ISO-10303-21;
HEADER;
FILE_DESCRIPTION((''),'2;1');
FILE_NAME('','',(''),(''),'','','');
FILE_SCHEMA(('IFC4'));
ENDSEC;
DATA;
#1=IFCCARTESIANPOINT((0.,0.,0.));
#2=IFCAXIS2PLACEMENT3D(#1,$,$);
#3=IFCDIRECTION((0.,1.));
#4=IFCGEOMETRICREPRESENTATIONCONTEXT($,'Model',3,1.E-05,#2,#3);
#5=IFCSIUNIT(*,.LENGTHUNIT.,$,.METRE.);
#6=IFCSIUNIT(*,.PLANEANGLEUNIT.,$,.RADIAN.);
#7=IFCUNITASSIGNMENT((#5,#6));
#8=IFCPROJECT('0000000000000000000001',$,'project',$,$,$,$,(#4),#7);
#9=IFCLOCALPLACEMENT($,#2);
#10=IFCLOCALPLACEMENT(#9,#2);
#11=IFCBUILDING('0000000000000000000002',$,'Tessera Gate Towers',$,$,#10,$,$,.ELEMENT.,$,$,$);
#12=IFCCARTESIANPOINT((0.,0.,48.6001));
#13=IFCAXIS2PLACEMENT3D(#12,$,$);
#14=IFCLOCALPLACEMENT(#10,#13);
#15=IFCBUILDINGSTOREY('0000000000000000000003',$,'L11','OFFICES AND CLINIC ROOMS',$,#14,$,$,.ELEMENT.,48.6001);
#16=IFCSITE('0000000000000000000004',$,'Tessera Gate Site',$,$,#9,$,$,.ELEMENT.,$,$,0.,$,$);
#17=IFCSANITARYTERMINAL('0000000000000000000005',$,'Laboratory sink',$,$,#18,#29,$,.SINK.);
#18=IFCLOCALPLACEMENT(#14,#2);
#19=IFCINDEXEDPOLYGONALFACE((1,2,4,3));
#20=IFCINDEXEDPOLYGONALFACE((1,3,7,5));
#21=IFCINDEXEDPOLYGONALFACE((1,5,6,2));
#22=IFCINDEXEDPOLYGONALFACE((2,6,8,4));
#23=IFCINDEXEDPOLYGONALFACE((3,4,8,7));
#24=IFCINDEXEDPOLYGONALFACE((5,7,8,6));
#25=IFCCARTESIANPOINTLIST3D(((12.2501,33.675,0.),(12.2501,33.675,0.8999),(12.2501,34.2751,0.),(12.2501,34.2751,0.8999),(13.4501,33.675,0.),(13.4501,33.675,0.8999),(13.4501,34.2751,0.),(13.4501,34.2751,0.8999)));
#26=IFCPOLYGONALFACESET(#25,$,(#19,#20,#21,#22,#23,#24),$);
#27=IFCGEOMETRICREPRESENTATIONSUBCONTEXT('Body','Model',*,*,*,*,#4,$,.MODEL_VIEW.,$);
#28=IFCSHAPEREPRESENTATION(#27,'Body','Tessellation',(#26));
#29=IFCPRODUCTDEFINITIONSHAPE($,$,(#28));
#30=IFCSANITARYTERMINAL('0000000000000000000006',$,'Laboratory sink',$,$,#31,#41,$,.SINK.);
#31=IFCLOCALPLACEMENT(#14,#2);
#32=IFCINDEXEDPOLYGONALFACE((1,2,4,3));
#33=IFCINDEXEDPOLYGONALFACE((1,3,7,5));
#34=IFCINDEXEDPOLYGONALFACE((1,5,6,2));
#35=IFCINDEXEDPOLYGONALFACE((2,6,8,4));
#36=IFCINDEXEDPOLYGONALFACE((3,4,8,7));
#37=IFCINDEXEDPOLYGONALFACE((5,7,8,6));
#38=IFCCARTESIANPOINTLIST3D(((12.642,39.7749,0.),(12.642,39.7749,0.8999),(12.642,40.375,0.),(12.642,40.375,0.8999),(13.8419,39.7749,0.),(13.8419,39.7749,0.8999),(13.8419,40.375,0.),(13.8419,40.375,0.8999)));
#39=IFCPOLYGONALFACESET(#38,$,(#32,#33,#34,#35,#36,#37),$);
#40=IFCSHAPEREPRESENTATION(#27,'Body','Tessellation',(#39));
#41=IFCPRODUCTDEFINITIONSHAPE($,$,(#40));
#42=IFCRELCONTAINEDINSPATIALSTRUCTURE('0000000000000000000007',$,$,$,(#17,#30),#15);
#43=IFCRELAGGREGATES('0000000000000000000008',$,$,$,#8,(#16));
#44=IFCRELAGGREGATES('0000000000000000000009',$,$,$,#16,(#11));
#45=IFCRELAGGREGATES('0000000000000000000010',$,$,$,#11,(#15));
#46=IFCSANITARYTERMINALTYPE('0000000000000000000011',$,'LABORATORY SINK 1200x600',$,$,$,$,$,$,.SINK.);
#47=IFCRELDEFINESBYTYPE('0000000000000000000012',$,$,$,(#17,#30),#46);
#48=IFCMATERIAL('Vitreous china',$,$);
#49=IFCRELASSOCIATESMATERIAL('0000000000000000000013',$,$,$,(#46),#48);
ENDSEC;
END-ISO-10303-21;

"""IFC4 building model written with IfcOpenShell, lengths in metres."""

from ifc_helpers import new_model, si_unit, direction, frame, origin, origin_2d, place, context, subcontext, project, spatial, rectangle, extrude, material, type_object, element, save


model = new_model("IFC4")

# Units and contexts
model_context = context("Model", 3, precision=1e-05, world=origin(), true_north=direction((0.0, 1.0)))
body_context = subcontext(model_context, "Body", "Model", "MODEL_VIEW")
ifc_project = project(units=[si_unit("LENGTHUNIT", "METRE"), si_unit("PLANEANGLEUNIT", "RADIAN")], contexts=[model_context])

# Site, building, storey
site_placement = place(None, origin())
site = spatial("IfcSite", under=ifc_project, at=site_placement, Name="Tessera Gate Site", CompositionType="ELEMENT", RefElevation=0.0)
building_placement = place(site_placement, origin())
building = spatial("IfcBuilding", under=site, at=building_placement, Name="Tessera Gate Towers", CompositionType="ELEMENT")
storey_placement = place(building_placement, frame((0.0, 0.0, 48.6001)))
storey = spatial("IfcBuildingStorey", under=building, at=storey_placement, Name="L11", Description="OFFICES AND CLINIC ROOMS", CompositionType="ELEMENT", Elevation=48.6001)

# Sanitary terminals
ifc_material_1 = material(Name="Vitreous china")
sanitary_terminal_type = type_object("IfcSanitaryTerminalType", Name="LABORATORY SINK 1200x600", PredefinedType="SINK", material=ifc_material_1)
for number, where, z_axis, x_axis, name in (
    (1, (12.8501, 33.9751, 0.0), (0.0, 0.0, 1.0), (1.0, 0.0, 0.0), "Laboratory sink"),
    (2, (13.2419, 40.075, 0.0), (0.0, 0.0, 1.0), (1.0, 0.0, 0.0), "Laboratory sink"),
):
    element("IfcSanitaryTerminal", number, at=place(storey_placement, frame(where, z_axis=z_axis, x_axis=x_axis)), inside=storey, type_object=sanitary_terminal_type, Name=name, PredefinedType="SINK", context=body_context, shape_type="SweptSolid", body=[
        extrude(rectangle(XDim=1.2, YDim=0.6001, at=origin_2d()), origin(), (0.0, 0.0, 1.0), 0.8999),
    ])

save(model, "model.ifc")
